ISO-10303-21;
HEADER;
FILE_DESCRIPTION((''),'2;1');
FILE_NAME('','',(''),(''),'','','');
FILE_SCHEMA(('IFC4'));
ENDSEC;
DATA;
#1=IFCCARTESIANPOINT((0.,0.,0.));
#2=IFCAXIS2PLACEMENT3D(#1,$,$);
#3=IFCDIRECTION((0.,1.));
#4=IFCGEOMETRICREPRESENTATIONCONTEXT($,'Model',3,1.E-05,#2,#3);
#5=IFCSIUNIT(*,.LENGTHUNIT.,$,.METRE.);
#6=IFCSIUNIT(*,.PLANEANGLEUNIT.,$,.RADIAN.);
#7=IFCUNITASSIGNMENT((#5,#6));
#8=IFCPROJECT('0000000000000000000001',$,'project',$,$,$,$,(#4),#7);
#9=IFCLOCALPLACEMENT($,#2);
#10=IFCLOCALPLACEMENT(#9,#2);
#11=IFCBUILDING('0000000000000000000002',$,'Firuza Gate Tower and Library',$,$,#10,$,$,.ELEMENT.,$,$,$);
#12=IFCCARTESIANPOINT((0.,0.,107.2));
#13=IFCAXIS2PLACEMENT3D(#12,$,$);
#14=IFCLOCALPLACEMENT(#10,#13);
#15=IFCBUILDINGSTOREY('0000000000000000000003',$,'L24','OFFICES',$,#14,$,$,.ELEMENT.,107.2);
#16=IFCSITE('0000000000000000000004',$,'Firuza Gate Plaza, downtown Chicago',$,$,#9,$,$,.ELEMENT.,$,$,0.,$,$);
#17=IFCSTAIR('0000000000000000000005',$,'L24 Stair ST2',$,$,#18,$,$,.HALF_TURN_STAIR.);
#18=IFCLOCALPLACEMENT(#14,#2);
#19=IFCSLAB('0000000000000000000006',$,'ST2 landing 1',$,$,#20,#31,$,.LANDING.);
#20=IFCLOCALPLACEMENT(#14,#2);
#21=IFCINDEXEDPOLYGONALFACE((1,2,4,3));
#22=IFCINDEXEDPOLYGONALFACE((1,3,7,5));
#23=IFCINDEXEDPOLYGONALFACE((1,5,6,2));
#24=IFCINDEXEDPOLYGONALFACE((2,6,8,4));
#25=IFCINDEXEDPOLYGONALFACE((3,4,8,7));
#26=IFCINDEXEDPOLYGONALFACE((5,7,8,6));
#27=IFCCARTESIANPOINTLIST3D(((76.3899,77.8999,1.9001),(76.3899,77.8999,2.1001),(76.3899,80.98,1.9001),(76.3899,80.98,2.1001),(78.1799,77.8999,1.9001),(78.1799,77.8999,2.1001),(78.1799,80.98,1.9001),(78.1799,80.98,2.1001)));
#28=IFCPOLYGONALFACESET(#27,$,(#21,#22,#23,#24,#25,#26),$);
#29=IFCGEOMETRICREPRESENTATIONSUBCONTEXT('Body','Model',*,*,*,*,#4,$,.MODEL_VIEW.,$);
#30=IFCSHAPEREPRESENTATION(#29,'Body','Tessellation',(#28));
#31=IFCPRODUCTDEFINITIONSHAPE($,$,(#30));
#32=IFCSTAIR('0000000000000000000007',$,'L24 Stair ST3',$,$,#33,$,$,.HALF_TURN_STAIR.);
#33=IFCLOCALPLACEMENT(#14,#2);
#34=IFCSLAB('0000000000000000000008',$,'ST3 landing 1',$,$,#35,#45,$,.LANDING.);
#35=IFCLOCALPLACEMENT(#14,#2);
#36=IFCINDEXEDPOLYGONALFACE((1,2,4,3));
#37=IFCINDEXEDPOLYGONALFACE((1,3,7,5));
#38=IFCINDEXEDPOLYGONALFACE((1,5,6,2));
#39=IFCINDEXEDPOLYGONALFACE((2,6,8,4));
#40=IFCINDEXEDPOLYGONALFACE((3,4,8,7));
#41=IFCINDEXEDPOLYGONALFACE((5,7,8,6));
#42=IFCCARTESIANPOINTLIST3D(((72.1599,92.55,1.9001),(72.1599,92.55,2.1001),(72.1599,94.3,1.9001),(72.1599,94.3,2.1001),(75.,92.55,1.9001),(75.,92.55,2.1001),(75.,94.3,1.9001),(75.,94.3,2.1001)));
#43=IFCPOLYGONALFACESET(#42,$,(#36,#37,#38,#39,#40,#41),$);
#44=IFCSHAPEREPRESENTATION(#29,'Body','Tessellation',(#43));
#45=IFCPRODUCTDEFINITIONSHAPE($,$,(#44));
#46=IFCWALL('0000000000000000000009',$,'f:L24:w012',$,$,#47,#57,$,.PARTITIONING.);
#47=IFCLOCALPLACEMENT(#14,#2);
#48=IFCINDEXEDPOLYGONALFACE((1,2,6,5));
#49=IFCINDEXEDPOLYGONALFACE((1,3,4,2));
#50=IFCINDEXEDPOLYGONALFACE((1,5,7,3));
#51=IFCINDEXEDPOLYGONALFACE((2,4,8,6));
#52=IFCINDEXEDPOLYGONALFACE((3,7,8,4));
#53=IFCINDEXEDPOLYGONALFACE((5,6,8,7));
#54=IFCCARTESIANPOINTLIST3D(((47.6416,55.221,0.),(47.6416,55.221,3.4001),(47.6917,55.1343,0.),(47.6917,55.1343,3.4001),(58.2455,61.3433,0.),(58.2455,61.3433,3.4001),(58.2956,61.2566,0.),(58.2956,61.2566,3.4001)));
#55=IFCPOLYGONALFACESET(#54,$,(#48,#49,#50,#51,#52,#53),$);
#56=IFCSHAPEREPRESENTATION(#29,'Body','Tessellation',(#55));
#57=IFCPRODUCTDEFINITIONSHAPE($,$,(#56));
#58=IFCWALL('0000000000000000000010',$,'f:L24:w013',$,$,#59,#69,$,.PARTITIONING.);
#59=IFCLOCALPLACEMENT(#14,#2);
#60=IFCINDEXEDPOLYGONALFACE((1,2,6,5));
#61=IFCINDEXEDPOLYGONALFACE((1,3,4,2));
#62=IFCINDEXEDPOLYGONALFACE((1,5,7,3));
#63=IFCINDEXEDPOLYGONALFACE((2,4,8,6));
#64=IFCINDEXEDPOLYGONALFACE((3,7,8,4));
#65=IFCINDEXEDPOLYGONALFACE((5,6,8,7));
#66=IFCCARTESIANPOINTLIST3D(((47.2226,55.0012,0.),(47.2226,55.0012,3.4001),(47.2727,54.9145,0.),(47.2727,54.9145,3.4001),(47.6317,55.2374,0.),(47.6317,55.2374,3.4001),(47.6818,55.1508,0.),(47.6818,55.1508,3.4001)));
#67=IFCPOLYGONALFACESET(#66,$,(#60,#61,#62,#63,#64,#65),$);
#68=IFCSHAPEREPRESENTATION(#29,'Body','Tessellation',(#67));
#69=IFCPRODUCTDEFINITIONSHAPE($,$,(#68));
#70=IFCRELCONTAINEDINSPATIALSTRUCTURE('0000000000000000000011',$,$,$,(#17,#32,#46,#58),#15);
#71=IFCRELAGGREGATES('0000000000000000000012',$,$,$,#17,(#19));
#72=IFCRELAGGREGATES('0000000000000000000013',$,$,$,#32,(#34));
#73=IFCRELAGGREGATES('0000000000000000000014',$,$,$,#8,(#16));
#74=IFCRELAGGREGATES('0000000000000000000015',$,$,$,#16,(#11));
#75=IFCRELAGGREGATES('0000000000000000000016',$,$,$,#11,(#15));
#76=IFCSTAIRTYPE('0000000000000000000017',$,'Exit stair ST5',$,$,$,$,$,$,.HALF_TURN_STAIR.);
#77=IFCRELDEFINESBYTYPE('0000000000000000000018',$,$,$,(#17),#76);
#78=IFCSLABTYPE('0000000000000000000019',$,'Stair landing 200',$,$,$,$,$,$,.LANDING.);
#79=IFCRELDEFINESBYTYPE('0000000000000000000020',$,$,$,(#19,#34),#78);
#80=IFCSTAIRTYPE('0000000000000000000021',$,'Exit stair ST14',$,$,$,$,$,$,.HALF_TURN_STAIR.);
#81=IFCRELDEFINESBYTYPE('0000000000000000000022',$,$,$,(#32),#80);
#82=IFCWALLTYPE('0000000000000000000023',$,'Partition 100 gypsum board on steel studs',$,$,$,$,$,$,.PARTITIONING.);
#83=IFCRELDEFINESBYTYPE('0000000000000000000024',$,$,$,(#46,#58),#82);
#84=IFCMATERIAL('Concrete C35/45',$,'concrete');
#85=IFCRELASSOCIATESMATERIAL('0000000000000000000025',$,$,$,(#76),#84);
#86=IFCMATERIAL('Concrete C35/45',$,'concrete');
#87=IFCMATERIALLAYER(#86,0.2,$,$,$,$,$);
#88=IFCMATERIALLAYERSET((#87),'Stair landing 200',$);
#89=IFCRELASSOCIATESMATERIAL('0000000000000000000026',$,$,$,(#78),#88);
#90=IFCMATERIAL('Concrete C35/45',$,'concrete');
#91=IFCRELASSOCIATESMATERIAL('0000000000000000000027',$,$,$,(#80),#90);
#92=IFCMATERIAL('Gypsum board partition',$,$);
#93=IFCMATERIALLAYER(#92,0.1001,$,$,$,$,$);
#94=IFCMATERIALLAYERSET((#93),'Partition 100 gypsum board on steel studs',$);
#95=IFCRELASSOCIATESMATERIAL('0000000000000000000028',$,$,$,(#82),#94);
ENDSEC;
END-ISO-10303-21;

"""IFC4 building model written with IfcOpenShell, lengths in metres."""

from ifc_helpers import new_model, si_unit, direction, frame, frame_2d, origin, place, context, subcontext, project, spatial, polyline, rectangle, outline, extrude, material, layer, layer_set, type_object, element, aggregate, save


model = new_model("IFC4")

# Units and contexts
model_context = context("Model", 3, precision=1e-05, world=origin(), true_north=direction((0.0, 1.0)))
body_context = subcontext(model_context, "Body", "Model", "MODEL_VIEW")
ifc_project = project(units=[si_unit("LENGTHUNIT", "METRE"), si_unit("PLANEANGLEUNIT", "RADIAN")], contexts=[model_context])

# Site, building, storey
site_placement = place(None, origin())
site = spatial("IfcSite", under=ifc_project, at=site_placement, Name="Firuza Gate Plaza, downtown Chicago", CompositionType="ELEMENT", RefElevation=0.0)
building_placement = place(site_placement, origin())
building = spatial("IfcBuilding", under=site, at=building_placement, Name="Firuza Gate Tower and Library", CompositionType="ELEMENT")
storey_placement = place(building_placement, frame((0.0, 0.0, 107.2)))
storey = spatial("IfcBuildingStorey", under=building, at=storey_placement, Name="L24", Description="OFFICES", CompositionType="ELEMENT", Elevation=107.2)

# Shared definitions
placement_1 = place(storey_placement, origin())

# Stairs, slabs
ifc_material_1 = material(Name="Concrete C35/45", Category="concrete")
stair_type_1 = type_object("IfcStairType", Name="Exit stair ST5", PredefinedType="HALF_TURN_STAIR", material=ifc_material_1)
ifc_material_2 = material(Name="Concrete C35/45", Category="concrete")
ifc_layer_1 = layer(ifc_material_2, 0.2)
ifc_layer_set_1 = layer_set([ifc_layer_1], Name="Stair landing 200")
slab_type_1 = type_object("IfcSlabType", Name="Stair landing 200", PredefinedType="LANDING", material=ifc_layer_set_1)
placement_2 = place(storey_placement, frame((0.0, 0.0, 1.9001)))
stair_1 = element("IfcStair", 1, at=placement_1, inside=storey, type_object=stair_type_1, Name="L24 Stair ST2", PredefinedType="HALF_TURN_STAIR")
slab_1 = element("IfcSlab", 2, at=placement_2, type_object=slab_type_1, Name="ST2 landing 1", PredefinedType="LANDING", context=body_context, shape_type="SweptSolid", body=[
    extrude(outline(polyline([(78.1799, 80.98), (76.3899, 80.98), (76.3899, 77.8999), (78.1799, 77.8999), (78.1799, 80.98)])), origin(), (0.0, 0.0, 1.0), 0.2),
])
aggregate(stair_1, [slab_1])
ifc_material_3 = material(Name="Concrete C35/45", Category="concrete")
stair_type_2 = type_object("IfcStairType", Name="Exit stair ST14", PredefinedType="HALF_TURN_STAIR", material=ifc_material_3)
stair_2 = element("IfcStair", 3, at=placement_1, inside=storey, type_object=stair_type_2, Name="L24 Stair ST3", PredefinedType="HALF_TURN_STAIR")
slab_2 = element("IfcSlab", 4, at=placement_2, type_object=slab_type_1, Name="ST3 landing 1", PredefinedType="LANDING", context=body_context, shape_type="SweptSolid", body=[
    extrude(outline(polyline([(75.0, 92.55), (75.0, 94.3), (72.1599, 94.3), (72.1599, 92.55), (75.0, 92.55)])), origin(), (0.0, 0.0, 1.0), 0.2),
])
aggregate(stair_2, [slab_2])

# Walls
ifc_material_4 = material(Name="Gypsum board partition")
ifc_layer_2 = layer(ifc_material_4, 0.1001)
ifc_layer_set_2 = layer_set([ifc_layer_2], Name="Partition 100 gypsum board on steel studs")
wall_type = type_object("IfcWallType", Name="Partition 100 gypsum board on steel studs", PredefinedType="PARTITIONING", material=ifc_layer_set_2)
wall_1_placement = place(storey_placement, frame((47.6667, 55.1777, 0.0), z_axis=(0.0, 0.0, 1.0), x_axis=(0.866022, 0.500006, 0.0)))
element("IfcWall", 5, at=wall_1_placement, inside=storey, type_object=wall_type, Name="f:L24:w012", PredefinedType="PARTITIONING", context=body_context, shape_type="SweptSolid", body=[
    extrude(rectangle(XDim=12.2444, YDim=0.1001, at=frame_2d((6.1221, 0.0))), origin(), (0.0, 0.0, 1.0), 3.4001),
])
wall_2_placement = place(storey_placement, frame((47.2476, 54.9578, 0.0), z_axis=(0.0, 0.0, 1.0), x_axis=(0.865945, 0.50014, 0.0)))
element("IfcWall", 6, at=wall_2_placement, inside=storey, type_object=wall_type, Name="f:L24:w013", PredefinedType="PARTITIONING", context=body_context, shape_type="SweptSolid", body=[
    extrude(rectangle(XDim=0.4724, YDim=0.1001, at=frame_2d((0.2363, 0.0))), origin(), (0.0, 0.0, 1.0), 3.4001),
])

save(model, "model.ifc")
